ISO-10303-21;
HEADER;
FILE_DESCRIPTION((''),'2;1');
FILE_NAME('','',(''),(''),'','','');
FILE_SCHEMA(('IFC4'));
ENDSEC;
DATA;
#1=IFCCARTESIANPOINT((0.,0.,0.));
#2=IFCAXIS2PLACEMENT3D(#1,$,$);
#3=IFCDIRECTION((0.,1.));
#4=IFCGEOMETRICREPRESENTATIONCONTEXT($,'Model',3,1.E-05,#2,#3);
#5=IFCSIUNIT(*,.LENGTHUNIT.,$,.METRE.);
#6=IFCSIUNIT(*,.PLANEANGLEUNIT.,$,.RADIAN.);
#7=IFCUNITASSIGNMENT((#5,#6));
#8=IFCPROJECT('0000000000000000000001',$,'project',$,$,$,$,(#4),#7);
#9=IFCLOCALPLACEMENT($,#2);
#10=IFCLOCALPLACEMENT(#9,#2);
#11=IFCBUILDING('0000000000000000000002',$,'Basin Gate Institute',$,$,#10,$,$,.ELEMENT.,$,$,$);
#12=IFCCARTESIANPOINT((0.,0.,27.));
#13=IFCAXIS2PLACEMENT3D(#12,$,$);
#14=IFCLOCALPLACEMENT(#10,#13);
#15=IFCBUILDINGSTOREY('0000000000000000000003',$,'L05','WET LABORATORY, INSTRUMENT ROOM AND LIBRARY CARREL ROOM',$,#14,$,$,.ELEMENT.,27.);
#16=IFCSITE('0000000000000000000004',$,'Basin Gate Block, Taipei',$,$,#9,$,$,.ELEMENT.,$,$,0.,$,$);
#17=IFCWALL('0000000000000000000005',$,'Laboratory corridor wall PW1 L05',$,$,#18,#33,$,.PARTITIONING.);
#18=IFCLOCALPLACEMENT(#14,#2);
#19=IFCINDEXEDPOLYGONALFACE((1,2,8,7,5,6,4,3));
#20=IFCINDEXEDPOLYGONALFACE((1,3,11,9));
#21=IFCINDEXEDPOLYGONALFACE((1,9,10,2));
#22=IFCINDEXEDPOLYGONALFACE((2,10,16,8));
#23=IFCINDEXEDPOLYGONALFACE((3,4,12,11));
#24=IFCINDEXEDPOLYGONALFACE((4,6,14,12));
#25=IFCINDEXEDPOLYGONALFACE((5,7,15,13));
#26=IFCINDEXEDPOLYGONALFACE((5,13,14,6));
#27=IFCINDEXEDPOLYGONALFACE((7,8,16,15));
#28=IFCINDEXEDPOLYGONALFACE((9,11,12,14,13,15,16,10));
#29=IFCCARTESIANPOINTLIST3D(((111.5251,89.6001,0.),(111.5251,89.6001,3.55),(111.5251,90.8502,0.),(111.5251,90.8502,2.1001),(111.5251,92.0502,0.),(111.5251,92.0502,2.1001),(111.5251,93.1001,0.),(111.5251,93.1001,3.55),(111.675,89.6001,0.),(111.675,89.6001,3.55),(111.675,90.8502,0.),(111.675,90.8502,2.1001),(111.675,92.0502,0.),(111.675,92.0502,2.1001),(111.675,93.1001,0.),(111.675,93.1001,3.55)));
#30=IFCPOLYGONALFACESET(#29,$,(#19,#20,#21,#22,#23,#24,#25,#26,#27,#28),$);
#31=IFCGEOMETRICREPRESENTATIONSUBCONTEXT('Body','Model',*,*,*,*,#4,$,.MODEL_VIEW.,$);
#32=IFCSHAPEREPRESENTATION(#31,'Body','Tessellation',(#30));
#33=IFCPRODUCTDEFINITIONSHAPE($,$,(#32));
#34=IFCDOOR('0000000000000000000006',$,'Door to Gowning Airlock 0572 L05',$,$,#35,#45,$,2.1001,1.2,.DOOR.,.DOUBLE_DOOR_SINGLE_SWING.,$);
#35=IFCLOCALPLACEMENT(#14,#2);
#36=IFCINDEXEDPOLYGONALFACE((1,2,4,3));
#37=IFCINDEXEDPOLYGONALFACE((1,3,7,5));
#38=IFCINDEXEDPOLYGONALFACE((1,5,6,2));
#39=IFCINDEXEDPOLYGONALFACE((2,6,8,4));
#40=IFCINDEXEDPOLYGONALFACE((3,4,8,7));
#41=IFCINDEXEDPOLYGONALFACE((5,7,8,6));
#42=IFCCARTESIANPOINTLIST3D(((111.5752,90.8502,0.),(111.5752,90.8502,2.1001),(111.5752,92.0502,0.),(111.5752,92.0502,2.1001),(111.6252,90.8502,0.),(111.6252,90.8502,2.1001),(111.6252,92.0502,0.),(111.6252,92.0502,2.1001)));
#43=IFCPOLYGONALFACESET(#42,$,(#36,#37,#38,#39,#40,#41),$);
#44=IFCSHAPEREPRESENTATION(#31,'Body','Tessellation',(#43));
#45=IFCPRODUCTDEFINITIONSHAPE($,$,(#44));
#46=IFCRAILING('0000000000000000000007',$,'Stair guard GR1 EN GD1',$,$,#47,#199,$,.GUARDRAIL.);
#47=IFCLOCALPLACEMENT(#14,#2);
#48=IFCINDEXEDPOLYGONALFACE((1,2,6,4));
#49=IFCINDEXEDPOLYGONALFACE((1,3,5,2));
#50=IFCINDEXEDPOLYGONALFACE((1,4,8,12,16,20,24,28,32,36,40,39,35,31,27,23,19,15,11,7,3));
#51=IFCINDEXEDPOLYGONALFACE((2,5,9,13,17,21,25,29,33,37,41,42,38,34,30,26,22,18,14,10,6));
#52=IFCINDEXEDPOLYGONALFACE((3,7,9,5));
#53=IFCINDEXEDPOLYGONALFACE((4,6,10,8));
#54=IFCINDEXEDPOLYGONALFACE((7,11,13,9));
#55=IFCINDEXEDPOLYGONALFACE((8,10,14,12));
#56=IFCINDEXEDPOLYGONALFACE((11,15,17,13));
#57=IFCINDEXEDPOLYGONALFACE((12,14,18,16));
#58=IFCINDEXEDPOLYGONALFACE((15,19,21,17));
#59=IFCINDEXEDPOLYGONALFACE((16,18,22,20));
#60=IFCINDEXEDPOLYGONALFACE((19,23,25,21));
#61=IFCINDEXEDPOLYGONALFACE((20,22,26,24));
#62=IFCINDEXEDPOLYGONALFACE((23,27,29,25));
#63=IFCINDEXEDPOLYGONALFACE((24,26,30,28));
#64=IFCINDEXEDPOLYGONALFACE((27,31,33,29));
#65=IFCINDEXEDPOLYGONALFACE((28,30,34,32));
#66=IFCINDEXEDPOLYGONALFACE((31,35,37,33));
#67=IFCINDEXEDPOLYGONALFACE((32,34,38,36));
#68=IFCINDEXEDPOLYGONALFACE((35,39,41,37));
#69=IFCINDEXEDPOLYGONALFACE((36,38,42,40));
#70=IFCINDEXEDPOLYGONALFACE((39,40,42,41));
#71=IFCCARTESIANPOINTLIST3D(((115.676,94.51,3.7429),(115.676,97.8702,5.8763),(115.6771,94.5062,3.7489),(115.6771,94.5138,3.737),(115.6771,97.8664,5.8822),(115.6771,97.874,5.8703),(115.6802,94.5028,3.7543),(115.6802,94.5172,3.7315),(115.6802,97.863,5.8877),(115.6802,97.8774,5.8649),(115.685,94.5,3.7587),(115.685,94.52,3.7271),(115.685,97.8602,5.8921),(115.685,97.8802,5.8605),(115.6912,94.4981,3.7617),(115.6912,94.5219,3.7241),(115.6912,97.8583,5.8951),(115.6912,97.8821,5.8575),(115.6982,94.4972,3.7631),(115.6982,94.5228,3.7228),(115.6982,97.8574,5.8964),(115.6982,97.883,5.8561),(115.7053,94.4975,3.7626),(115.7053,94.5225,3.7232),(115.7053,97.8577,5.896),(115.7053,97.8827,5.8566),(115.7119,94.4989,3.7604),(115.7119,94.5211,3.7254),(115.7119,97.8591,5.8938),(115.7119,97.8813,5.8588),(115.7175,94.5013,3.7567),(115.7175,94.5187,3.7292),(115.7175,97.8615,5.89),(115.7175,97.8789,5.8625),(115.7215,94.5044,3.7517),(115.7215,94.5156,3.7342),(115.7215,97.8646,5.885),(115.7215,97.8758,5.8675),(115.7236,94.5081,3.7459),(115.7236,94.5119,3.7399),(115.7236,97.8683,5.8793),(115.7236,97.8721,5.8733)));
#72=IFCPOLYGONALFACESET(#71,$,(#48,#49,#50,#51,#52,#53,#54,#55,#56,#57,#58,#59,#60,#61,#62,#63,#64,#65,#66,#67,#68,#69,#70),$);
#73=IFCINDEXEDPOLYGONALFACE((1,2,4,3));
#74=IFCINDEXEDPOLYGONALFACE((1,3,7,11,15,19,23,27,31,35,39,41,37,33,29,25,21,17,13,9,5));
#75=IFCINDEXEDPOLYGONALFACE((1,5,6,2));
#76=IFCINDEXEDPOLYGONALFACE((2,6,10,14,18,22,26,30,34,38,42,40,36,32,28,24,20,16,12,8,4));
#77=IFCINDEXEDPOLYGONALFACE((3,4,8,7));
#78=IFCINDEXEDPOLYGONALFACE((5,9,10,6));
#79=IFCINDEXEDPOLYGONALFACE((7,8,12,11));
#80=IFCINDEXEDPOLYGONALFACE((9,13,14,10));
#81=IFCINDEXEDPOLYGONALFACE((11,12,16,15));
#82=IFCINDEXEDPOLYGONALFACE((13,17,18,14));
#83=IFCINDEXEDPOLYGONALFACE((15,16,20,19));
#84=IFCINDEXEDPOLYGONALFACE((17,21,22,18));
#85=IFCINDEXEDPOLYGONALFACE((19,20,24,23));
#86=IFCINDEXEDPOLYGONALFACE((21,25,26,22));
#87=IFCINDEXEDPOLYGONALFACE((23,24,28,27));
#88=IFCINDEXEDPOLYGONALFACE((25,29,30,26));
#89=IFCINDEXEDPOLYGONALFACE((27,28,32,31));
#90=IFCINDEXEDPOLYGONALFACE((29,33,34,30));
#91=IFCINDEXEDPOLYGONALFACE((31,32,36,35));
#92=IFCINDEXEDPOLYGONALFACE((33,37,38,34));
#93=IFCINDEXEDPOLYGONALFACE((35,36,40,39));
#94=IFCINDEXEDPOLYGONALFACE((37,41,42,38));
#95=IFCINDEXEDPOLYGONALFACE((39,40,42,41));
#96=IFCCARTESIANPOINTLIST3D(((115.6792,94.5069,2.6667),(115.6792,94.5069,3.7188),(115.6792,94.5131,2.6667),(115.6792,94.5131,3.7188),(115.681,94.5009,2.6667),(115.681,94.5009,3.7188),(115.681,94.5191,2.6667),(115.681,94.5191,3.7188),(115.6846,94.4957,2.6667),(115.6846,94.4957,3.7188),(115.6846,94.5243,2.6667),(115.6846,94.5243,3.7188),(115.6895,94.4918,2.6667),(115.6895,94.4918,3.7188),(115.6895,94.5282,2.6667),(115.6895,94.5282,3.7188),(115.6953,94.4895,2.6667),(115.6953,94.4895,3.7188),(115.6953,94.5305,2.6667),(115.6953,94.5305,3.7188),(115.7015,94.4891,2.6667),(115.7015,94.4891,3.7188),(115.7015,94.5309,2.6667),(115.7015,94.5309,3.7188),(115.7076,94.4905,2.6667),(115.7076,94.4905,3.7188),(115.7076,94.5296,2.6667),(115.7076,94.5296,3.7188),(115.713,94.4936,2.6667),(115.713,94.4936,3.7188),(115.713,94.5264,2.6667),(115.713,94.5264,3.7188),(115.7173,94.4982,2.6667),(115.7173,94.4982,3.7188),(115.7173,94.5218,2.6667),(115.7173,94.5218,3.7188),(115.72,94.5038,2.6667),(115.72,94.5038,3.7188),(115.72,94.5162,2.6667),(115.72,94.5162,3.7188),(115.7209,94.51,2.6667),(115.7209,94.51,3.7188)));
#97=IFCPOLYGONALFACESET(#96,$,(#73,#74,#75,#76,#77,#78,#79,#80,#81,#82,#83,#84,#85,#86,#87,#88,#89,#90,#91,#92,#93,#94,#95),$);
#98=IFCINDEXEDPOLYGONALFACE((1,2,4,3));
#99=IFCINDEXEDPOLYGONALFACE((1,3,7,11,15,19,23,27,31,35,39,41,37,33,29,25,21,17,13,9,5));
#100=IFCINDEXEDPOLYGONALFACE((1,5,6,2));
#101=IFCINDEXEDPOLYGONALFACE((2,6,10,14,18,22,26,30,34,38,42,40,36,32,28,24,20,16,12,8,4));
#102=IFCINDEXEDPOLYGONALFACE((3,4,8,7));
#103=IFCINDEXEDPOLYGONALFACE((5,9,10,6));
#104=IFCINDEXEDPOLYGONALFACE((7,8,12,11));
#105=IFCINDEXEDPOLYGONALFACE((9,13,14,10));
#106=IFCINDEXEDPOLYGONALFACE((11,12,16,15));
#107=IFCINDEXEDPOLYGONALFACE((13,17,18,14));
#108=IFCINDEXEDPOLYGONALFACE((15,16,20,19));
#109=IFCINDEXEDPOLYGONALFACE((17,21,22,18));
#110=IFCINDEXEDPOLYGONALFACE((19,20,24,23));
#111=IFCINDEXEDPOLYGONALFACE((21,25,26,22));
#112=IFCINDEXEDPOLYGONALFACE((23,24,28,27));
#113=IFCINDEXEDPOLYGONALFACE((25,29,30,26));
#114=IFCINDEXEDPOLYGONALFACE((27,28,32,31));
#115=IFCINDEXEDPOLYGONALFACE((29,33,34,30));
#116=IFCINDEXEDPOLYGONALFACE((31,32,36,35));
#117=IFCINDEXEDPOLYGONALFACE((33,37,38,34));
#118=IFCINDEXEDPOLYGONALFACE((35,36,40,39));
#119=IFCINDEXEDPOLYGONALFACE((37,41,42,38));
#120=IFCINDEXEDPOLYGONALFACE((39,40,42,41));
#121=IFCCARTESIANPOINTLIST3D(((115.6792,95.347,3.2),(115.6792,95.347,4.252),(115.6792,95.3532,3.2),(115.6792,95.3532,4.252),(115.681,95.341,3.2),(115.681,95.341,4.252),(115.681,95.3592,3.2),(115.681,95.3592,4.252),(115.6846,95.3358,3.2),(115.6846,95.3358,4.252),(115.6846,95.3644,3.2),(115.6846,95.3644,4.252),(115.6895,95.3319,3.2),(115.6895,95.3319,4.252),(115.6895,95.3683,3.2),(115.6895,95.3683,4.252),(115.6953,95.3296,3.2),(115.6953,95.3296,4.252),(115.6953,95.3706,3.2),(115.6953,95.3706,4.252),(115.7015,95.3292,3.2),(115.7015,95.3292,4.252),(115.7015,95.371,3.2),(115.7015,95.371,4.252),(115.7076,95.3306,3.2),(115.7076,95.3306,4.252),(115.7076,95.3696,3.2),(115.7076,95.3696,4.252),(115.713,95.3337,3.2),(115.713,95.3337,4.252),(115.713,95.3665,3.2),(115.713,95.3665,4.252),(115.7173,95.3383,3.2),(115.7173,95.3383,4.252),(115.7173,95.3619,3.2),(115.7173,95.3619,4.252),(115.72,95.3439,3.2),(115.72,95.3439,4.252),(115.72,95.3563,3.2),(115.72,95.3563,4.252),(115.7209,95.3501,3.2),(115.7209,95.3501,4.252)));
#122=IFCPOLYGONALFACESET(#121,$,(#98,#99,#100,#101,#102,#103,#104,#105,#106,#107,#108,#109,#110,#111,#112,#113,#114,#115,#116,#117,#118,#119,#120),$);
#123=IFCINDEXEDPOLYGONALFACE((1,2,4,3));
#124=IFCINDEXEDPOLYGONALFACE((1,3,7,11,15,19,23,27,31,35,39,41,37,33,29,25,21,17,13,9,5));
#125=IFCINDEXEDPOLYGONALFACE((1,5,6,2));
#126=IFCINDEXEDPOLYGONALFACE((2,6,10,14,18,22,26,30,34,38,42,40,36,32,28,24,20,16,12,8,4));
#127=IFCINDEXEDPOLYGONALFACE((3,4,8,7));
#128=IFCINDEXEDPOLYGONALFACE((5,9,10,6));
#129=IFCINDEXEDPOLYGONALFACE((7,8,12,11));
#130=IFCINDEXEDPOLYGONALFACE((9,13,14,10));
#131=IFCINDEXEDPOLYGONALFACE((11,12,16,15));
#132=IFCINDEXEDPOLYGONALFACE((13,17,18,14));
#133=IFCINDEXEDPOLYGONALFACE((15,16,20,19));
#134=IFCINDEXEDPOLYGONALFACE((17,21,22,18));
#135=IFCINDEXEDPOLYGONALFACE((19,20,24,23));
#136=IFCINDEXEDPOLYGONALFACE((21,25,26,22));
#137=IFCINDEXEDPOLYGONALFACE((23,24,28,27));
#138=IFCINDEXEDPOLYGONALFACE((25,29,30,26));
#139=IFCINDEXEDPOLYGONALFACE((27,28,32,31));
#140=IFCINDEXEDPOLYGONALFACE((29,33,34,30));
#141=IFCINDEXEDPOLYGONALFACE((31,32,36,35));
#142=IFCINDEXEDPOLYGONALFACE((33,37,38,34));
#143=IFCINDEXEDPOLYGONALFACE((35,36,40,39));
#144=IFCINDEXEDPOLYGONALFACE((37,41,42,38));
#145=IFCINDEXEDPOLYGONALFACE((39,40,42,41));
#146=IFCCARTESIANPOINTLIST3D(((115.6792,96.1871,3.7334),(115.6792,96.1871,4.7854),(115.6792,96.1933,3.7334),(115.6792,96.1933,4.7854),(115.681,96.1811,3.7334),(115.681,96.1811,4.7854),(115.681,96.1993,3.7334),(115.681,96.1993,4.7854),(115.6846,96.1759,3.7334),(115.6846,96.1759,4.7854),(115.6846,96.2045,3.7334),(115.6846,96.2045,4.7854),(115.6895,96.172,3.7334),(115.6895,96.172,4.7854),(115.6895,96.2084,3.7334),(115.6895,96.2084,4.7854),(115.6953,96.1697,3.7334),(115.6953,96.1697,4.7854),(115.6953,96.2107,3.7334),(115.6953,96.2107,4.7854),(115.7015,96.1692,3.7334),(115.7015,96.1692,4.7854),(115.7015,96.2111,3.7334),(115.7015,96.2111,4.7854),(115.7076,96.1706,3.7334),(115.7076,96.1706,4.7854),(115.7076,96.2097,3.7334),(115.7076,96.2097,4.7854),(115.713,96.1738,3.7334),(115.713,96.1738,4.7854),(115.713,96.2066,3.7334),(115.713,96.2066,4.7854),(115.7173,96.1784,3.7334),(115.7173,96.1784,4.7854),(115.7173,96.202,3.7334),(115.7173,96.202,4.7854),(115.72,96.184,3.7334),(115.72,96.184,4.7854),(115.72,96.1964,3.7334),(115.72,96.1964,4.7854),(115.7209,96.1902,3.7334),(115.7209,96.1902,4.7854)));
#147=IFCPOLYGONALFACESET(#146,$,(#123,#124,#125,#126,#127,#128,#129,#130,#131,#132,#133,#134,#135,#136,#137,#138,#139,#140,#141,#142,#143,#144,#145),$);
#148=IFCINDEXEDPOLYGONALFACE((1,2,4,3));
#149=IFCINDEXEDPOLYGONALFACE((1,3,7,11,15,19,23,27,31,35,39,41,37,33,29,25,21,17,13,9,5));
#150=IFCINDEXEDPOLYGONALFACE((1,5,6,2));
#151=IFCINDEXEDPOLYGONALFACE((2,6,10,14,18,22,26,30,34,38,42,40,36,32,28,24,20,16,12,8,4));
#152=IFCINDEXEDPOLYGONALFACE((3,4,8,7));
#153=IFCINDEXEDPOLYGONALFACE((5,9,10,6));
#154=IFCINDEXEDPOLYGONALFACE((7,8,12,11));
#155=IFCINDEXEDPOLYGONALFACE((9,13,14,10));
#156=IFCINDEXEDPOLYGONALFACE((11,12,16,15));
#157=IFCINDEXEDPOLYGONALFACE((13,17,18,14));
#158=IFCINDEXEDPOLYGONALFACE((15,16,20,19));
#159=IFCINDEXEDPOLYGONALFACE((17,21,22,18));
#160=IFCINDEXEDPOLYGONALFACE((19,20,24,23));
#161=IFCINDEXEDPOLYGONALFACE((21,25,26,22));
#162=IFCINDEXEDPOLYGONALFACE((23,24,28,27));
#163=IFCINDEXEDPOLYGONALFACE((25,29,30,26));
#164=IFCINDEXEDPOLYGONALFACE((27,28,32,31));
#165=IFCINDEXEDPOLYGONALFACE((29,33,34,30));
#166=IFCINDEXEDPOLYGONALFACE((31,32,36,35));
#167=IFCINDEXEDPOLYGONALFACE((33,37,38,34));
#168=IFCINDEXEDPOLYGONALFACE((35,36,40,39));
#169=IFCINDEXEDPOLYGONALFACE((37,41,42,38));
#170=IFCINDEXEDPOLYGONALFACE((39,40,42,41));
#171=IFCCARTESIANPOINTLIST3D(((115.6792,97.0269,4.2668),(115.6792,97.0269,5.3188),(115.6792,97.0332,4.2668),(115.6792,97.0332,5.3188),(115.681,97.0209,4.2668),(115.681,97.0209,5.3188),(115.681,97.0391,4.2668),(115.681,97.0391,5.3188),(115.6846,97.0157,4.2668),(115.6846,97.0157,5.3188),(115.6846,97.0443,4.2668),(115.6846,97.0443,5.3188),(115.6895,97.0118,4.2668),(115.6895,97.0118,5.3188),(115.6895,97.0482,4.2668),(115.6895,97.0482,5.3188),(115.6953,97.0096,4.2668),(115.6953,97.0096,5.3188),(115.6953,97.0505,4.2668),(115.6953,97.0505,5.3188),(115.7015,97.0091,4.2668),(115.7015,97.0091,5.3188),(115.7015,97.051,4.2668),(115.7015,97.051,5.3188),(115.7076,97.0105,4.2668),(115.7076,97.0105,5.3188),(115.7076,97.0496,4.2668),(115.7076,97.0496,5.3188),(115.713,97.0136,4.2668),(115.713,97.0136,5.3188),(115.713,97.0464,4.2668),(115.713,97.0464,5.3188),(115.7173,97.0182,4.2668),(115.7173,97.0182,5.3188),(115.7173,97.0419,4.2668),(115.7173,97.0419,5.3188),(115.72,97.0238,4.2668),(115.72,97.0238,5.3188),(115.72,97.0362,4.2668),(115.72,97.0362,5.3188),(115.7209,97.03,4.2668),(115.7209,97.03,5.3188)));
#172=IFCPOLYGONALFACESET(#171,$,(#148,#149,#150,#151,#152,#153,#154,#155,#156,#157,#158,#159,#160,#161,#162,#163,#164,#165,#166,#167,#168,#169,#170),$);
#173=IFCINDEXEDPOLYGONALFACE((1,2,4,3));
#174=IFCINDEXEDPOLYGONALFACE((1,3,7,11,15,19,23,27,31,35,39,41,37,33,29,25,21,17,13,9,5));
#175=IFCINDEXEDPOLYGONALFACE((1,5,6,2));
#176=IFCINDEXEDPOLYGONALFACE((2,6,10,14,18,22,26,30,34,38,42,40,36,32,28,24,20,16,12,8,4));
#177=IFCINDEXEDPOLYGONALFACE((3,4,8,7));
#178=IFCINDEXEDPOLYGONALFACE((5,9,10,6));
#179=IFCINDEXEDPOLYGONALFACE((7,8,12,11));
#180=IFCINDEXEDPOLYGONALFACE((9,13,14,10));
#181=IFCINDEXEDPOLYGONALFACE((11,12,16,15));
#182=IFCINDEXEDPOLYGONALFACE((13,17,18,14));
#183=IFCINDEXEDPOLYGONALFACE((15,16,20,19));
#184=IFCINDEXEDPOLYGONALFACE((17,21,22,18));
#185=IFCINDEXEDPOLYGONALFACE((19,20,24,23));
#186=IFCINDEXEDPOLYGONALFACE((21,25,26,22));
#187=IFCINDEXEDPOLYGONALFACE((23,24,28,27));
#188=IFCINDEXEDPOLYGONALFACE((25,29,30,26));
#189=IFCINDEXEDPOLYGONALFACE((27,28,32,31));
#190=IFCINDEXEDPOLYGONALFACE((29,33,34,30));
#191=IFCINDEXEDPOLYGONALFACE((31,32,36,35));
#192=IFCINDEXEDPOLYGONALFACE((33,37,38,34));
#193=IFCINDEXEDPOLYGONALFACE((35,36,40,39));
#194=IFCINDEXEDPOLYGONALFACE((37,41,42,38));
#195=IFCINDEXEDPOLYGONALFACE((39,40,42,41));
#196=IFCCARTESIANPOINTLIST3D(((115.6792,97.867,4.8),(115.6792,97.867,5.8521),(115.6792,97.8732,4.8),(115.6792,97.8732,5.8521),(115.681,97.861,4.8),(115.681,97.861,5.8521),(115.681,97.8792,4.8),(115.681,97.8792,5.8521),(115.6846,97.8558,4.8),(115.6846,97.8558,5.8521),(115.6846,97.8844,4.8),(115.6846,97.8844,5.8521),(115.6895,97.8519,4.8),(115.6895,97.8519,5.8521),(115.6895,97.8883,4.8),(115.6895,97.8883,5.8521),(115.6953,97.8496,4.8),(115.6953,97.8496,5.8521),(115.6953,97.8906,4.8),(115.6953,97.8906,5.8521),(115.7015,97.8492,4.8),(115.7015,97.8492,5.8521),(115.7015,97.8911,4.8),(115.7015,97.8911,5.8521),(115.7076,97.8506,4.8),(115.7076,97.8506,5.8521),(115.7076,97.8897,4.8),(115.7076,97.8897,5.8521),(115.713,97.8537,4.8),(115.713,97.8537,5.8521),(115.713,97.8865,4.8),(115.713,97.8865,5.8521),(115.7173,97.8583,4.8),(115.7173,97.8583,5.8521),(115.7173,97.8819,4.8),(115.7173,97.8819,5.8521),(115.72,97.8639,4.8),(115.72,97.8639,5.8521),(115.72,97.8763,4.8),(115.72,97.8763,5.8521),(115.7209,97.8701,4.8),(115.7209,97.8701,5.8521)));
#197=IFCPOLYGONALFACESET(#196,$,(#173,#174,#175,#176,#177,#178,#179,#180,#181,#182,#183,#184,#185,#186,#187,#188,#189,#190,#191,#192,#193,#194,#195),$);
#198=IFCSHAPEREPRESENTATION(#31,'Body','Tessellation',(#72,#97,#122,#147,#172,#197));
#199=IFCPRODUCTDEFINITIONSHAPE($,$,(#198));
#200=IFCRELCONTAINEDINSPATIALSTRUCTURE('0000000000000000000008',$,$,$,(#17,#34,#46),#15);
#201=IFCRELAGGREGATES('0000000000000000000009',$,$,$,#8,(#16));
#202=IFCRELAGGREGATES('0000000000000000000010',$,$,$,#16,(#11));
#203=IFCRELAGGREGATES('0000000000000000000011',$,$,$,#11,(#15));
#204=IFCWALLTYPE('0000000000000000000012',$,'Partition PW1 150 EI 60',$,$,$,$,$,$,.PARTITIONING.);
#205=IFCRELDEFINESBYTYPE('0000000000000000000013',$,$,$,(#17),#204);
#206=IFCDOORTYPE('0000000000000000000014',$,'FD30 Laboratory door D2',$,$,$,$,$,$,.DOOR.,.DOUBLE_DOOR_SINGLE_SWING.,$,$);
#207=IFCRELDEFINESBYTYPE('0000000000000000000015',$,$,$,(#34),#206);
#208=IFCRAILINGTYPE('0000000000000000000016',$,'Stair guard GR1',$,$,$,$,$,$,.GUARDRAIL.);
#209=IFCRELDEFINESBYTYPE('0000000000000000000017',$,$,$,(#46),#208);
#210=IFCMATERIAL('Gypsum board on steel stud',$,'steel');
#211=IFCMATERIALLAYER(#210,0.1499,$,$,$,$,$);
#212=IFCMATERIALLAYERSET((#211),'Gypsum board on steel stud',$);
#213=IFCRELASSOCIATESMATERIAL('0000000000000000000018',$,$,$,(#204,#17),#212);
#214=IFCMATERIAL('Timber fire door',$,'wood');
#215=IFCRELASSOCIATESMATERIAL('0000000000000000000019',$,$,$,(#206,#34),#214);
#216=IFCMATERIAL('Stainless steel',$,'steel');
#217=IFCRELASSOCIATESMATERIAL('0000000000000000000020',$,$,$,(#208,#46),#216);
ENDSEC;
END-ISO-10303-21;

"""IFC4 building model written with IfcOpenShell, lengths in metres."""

from ifc_helpers import new_model, si_unit, direction, frame, frame_2d, origin, origin_2d, place, context, subcontext, project, spatial, rectangle, circle, extrude, material, layer, layer_set, type_object, element, fill, save


model = new_model("IFC4")

# Units and contexts
model_context = context("Model", 3, precision=1e-05, world=origin(), true_north=direction((0.0, 1.0)))
body_context = subcontext(model_context, "Body", "Model", "MODEL_VIEW")
ifc_project = project(units=[si_unit("LENGTHUNIT", "METRE"), si_unit("PLANEANGLEUNIT", "RADIAN")], contexts=[model_context])

# Site, building, storey
site_placement = place(None, origin())
site = spatial("IfcSite", under=ifc_project, at=site_placement, Name="Basin Gate Block, Taipei", CompositionType="ELEMENT", RefElevation=0.0)
building_placement = place(site_placement, origin())
building = spatial("IfcBuilding", under=site, at=building_placement, Name="Basin Gate Institute", CompositionType="ELEMENT")
storey_placement = place(building_placement, frame((0.0, 0.0, 27.0)))
storey = spatial("IfcBuildingStorey", under=building, at=storey_placement, Name="L05", Description="WET LABORATORY, INSTRUMENT ROOM AND LIBRARY CARREL ROOM", CompositionType="ELEMENT", Elevation=27.0)

# Wall, opening, door
ifc_material_1 = material(Name="Gypsum board on steel stud", Category="steel")
ifc_layer_1 = layer(ifc_material_1, 0.1499)
ifc_layer_set_1 = layer_set([ifc_layer_1], Name="Gypsum board on steel stud")
wall_type_1 = type_object("IfcWallType", Name="Partition PW1 150 EI 60", PredefinedType="PARTITIONING", material=ifc_layer_set_1)
wall_1_placement = place(storey_placement, frame((111.6001, 89.6001, 0.0), z_axis=(0.0, 0.0, 1.0), x_axis=(0.0, 1.0, 0.0)))
wall_1 = element("IfcWall", 1, at=wall_1_placement, inside=storey, type_object=wall_type_1, material=ifc_layer_set_1, Name="Laboratory corridor wall PW1 L05", PredefinedType="PARTITIONING", context=body_context, shape_type="SweptSolid", body=[
    extrude(rectangle(XDim=3.5, YDim=0.1499, at=frame_2d((1.75, 0.0))), origin(), (0.0, 0.0, 1.0), 3.55),
])
opening_1_placement = place(wall_1_placement, frame((1.25, 0.0, 0.0)))
opening_1 = element("IfcOpeningElement", 2, at=opening_1_placement, cuts=wall_1, PredefinedType="OPENING", context=body_context, shape_type="SweptSolid", body=[
    extrude(rectangle(XDim=1.2, YDim=2.1001, at=frame_2d((0.6001, 1.05))), frame((0.0, 0.085, 0.0), z_axis=(0.0, -1.0, 0.0), x_axis=(1.0, 0.0, 0.0)), (0.0, 0.0, 1.0), 0.1699),
])
ifc_material_2 = material(Name="Timber fire door", Category="wood")
door_type_1 = type_object("IfcDoorType", Name="FD30 Laboratory door D2", OperationType="DOUBLE_DOOR_SINGLE_SWING", PredefinedType="DOOR", material=ifc_material_2)
door_1_placement = place(opening_1_placement, origin())
door_1 = element("IfcDoor", 3, at=door_1_placement, inside=storey, type_object=door_type_1, material=ifc_material_2, Name="Door to Gowning Airlock 0572 L05", OperationType="DOUBLE_DOOR_SINGLE_SWING", OverallHeight=2.1001, OverallWidth=1.2, PredefinedType="DOOR", context=body_context, shape_type="SweptSolid", body=[
    extrude(rectangle(XDim=1.2, YDim=2.1001, at=frame_2d((0.6001, 1.05))), frame((0.0, 0.0249, 0.0), z_axis=(0.0, -1.0, 0.0), x_axis=(1.0, 0.0, 0.0)), (0.0, 0.0, 1.0), 0.05),
])
fill(opening_1, door_1)

# Railing
ifc_material_3 = material(Name="Stainless steel", Category="steel")
railing_type_1 = type_object("IfcRailingType", Name="Stair guard GR1", PredefinedType="GUARDRAIL", material=ifc_material_3)
railing_1_placement = place(storey_placement, frame((115.7, 94.51, 2.6667)))
element("IfcRailing", 4, at=railing_1_placement, inside=storey, type_object=railing_type_1, material=ifc_material_3, Name="Stair guard GR1 EN GD1", PredefinedType="GUARDRAIL", context=body_context, shape_type="SweptSolid", body=[
    extrude(circle(Radius=0.0239, at=origin_2d()), frame((0.0, 0.0, 1.0762), z_axis=(0.0, 0.844224, 0.53599), x_axis=(-1.0, 0.0, 0.0)), (0.0, 0.0, 1.0), 3.9802),
    extrude(circle(Radius=0.021, at=origin_2d()), origin(), (0.0, 0.0, 1.0), 1.052),
    extrude(circle(Radius=0.021, at=origin_2d()), frame((0.0, 0.8401, 0.5332)), (0.0, 0.0, 1.0), 1.052),
    extrude(circle(Radius=0.021, at=origin_2d()), frame((0.0, 1.6802, 1.0667)), (0.0, 0.0, 1.0), 1.052),
    extrude(circle(Radius=0.021, at=origin_2d()), frame((0.0, 2.52, 1.6001)), (0.0, 0.0, 1.0), 1.052),
    extrude(circle(Radius=0.021, at=origin_2d()), frame((0.0, 3.3601, 2.1333)), (0.0, 0.0, 1.0), 1.052),
])

save(model, "model.ifc")
